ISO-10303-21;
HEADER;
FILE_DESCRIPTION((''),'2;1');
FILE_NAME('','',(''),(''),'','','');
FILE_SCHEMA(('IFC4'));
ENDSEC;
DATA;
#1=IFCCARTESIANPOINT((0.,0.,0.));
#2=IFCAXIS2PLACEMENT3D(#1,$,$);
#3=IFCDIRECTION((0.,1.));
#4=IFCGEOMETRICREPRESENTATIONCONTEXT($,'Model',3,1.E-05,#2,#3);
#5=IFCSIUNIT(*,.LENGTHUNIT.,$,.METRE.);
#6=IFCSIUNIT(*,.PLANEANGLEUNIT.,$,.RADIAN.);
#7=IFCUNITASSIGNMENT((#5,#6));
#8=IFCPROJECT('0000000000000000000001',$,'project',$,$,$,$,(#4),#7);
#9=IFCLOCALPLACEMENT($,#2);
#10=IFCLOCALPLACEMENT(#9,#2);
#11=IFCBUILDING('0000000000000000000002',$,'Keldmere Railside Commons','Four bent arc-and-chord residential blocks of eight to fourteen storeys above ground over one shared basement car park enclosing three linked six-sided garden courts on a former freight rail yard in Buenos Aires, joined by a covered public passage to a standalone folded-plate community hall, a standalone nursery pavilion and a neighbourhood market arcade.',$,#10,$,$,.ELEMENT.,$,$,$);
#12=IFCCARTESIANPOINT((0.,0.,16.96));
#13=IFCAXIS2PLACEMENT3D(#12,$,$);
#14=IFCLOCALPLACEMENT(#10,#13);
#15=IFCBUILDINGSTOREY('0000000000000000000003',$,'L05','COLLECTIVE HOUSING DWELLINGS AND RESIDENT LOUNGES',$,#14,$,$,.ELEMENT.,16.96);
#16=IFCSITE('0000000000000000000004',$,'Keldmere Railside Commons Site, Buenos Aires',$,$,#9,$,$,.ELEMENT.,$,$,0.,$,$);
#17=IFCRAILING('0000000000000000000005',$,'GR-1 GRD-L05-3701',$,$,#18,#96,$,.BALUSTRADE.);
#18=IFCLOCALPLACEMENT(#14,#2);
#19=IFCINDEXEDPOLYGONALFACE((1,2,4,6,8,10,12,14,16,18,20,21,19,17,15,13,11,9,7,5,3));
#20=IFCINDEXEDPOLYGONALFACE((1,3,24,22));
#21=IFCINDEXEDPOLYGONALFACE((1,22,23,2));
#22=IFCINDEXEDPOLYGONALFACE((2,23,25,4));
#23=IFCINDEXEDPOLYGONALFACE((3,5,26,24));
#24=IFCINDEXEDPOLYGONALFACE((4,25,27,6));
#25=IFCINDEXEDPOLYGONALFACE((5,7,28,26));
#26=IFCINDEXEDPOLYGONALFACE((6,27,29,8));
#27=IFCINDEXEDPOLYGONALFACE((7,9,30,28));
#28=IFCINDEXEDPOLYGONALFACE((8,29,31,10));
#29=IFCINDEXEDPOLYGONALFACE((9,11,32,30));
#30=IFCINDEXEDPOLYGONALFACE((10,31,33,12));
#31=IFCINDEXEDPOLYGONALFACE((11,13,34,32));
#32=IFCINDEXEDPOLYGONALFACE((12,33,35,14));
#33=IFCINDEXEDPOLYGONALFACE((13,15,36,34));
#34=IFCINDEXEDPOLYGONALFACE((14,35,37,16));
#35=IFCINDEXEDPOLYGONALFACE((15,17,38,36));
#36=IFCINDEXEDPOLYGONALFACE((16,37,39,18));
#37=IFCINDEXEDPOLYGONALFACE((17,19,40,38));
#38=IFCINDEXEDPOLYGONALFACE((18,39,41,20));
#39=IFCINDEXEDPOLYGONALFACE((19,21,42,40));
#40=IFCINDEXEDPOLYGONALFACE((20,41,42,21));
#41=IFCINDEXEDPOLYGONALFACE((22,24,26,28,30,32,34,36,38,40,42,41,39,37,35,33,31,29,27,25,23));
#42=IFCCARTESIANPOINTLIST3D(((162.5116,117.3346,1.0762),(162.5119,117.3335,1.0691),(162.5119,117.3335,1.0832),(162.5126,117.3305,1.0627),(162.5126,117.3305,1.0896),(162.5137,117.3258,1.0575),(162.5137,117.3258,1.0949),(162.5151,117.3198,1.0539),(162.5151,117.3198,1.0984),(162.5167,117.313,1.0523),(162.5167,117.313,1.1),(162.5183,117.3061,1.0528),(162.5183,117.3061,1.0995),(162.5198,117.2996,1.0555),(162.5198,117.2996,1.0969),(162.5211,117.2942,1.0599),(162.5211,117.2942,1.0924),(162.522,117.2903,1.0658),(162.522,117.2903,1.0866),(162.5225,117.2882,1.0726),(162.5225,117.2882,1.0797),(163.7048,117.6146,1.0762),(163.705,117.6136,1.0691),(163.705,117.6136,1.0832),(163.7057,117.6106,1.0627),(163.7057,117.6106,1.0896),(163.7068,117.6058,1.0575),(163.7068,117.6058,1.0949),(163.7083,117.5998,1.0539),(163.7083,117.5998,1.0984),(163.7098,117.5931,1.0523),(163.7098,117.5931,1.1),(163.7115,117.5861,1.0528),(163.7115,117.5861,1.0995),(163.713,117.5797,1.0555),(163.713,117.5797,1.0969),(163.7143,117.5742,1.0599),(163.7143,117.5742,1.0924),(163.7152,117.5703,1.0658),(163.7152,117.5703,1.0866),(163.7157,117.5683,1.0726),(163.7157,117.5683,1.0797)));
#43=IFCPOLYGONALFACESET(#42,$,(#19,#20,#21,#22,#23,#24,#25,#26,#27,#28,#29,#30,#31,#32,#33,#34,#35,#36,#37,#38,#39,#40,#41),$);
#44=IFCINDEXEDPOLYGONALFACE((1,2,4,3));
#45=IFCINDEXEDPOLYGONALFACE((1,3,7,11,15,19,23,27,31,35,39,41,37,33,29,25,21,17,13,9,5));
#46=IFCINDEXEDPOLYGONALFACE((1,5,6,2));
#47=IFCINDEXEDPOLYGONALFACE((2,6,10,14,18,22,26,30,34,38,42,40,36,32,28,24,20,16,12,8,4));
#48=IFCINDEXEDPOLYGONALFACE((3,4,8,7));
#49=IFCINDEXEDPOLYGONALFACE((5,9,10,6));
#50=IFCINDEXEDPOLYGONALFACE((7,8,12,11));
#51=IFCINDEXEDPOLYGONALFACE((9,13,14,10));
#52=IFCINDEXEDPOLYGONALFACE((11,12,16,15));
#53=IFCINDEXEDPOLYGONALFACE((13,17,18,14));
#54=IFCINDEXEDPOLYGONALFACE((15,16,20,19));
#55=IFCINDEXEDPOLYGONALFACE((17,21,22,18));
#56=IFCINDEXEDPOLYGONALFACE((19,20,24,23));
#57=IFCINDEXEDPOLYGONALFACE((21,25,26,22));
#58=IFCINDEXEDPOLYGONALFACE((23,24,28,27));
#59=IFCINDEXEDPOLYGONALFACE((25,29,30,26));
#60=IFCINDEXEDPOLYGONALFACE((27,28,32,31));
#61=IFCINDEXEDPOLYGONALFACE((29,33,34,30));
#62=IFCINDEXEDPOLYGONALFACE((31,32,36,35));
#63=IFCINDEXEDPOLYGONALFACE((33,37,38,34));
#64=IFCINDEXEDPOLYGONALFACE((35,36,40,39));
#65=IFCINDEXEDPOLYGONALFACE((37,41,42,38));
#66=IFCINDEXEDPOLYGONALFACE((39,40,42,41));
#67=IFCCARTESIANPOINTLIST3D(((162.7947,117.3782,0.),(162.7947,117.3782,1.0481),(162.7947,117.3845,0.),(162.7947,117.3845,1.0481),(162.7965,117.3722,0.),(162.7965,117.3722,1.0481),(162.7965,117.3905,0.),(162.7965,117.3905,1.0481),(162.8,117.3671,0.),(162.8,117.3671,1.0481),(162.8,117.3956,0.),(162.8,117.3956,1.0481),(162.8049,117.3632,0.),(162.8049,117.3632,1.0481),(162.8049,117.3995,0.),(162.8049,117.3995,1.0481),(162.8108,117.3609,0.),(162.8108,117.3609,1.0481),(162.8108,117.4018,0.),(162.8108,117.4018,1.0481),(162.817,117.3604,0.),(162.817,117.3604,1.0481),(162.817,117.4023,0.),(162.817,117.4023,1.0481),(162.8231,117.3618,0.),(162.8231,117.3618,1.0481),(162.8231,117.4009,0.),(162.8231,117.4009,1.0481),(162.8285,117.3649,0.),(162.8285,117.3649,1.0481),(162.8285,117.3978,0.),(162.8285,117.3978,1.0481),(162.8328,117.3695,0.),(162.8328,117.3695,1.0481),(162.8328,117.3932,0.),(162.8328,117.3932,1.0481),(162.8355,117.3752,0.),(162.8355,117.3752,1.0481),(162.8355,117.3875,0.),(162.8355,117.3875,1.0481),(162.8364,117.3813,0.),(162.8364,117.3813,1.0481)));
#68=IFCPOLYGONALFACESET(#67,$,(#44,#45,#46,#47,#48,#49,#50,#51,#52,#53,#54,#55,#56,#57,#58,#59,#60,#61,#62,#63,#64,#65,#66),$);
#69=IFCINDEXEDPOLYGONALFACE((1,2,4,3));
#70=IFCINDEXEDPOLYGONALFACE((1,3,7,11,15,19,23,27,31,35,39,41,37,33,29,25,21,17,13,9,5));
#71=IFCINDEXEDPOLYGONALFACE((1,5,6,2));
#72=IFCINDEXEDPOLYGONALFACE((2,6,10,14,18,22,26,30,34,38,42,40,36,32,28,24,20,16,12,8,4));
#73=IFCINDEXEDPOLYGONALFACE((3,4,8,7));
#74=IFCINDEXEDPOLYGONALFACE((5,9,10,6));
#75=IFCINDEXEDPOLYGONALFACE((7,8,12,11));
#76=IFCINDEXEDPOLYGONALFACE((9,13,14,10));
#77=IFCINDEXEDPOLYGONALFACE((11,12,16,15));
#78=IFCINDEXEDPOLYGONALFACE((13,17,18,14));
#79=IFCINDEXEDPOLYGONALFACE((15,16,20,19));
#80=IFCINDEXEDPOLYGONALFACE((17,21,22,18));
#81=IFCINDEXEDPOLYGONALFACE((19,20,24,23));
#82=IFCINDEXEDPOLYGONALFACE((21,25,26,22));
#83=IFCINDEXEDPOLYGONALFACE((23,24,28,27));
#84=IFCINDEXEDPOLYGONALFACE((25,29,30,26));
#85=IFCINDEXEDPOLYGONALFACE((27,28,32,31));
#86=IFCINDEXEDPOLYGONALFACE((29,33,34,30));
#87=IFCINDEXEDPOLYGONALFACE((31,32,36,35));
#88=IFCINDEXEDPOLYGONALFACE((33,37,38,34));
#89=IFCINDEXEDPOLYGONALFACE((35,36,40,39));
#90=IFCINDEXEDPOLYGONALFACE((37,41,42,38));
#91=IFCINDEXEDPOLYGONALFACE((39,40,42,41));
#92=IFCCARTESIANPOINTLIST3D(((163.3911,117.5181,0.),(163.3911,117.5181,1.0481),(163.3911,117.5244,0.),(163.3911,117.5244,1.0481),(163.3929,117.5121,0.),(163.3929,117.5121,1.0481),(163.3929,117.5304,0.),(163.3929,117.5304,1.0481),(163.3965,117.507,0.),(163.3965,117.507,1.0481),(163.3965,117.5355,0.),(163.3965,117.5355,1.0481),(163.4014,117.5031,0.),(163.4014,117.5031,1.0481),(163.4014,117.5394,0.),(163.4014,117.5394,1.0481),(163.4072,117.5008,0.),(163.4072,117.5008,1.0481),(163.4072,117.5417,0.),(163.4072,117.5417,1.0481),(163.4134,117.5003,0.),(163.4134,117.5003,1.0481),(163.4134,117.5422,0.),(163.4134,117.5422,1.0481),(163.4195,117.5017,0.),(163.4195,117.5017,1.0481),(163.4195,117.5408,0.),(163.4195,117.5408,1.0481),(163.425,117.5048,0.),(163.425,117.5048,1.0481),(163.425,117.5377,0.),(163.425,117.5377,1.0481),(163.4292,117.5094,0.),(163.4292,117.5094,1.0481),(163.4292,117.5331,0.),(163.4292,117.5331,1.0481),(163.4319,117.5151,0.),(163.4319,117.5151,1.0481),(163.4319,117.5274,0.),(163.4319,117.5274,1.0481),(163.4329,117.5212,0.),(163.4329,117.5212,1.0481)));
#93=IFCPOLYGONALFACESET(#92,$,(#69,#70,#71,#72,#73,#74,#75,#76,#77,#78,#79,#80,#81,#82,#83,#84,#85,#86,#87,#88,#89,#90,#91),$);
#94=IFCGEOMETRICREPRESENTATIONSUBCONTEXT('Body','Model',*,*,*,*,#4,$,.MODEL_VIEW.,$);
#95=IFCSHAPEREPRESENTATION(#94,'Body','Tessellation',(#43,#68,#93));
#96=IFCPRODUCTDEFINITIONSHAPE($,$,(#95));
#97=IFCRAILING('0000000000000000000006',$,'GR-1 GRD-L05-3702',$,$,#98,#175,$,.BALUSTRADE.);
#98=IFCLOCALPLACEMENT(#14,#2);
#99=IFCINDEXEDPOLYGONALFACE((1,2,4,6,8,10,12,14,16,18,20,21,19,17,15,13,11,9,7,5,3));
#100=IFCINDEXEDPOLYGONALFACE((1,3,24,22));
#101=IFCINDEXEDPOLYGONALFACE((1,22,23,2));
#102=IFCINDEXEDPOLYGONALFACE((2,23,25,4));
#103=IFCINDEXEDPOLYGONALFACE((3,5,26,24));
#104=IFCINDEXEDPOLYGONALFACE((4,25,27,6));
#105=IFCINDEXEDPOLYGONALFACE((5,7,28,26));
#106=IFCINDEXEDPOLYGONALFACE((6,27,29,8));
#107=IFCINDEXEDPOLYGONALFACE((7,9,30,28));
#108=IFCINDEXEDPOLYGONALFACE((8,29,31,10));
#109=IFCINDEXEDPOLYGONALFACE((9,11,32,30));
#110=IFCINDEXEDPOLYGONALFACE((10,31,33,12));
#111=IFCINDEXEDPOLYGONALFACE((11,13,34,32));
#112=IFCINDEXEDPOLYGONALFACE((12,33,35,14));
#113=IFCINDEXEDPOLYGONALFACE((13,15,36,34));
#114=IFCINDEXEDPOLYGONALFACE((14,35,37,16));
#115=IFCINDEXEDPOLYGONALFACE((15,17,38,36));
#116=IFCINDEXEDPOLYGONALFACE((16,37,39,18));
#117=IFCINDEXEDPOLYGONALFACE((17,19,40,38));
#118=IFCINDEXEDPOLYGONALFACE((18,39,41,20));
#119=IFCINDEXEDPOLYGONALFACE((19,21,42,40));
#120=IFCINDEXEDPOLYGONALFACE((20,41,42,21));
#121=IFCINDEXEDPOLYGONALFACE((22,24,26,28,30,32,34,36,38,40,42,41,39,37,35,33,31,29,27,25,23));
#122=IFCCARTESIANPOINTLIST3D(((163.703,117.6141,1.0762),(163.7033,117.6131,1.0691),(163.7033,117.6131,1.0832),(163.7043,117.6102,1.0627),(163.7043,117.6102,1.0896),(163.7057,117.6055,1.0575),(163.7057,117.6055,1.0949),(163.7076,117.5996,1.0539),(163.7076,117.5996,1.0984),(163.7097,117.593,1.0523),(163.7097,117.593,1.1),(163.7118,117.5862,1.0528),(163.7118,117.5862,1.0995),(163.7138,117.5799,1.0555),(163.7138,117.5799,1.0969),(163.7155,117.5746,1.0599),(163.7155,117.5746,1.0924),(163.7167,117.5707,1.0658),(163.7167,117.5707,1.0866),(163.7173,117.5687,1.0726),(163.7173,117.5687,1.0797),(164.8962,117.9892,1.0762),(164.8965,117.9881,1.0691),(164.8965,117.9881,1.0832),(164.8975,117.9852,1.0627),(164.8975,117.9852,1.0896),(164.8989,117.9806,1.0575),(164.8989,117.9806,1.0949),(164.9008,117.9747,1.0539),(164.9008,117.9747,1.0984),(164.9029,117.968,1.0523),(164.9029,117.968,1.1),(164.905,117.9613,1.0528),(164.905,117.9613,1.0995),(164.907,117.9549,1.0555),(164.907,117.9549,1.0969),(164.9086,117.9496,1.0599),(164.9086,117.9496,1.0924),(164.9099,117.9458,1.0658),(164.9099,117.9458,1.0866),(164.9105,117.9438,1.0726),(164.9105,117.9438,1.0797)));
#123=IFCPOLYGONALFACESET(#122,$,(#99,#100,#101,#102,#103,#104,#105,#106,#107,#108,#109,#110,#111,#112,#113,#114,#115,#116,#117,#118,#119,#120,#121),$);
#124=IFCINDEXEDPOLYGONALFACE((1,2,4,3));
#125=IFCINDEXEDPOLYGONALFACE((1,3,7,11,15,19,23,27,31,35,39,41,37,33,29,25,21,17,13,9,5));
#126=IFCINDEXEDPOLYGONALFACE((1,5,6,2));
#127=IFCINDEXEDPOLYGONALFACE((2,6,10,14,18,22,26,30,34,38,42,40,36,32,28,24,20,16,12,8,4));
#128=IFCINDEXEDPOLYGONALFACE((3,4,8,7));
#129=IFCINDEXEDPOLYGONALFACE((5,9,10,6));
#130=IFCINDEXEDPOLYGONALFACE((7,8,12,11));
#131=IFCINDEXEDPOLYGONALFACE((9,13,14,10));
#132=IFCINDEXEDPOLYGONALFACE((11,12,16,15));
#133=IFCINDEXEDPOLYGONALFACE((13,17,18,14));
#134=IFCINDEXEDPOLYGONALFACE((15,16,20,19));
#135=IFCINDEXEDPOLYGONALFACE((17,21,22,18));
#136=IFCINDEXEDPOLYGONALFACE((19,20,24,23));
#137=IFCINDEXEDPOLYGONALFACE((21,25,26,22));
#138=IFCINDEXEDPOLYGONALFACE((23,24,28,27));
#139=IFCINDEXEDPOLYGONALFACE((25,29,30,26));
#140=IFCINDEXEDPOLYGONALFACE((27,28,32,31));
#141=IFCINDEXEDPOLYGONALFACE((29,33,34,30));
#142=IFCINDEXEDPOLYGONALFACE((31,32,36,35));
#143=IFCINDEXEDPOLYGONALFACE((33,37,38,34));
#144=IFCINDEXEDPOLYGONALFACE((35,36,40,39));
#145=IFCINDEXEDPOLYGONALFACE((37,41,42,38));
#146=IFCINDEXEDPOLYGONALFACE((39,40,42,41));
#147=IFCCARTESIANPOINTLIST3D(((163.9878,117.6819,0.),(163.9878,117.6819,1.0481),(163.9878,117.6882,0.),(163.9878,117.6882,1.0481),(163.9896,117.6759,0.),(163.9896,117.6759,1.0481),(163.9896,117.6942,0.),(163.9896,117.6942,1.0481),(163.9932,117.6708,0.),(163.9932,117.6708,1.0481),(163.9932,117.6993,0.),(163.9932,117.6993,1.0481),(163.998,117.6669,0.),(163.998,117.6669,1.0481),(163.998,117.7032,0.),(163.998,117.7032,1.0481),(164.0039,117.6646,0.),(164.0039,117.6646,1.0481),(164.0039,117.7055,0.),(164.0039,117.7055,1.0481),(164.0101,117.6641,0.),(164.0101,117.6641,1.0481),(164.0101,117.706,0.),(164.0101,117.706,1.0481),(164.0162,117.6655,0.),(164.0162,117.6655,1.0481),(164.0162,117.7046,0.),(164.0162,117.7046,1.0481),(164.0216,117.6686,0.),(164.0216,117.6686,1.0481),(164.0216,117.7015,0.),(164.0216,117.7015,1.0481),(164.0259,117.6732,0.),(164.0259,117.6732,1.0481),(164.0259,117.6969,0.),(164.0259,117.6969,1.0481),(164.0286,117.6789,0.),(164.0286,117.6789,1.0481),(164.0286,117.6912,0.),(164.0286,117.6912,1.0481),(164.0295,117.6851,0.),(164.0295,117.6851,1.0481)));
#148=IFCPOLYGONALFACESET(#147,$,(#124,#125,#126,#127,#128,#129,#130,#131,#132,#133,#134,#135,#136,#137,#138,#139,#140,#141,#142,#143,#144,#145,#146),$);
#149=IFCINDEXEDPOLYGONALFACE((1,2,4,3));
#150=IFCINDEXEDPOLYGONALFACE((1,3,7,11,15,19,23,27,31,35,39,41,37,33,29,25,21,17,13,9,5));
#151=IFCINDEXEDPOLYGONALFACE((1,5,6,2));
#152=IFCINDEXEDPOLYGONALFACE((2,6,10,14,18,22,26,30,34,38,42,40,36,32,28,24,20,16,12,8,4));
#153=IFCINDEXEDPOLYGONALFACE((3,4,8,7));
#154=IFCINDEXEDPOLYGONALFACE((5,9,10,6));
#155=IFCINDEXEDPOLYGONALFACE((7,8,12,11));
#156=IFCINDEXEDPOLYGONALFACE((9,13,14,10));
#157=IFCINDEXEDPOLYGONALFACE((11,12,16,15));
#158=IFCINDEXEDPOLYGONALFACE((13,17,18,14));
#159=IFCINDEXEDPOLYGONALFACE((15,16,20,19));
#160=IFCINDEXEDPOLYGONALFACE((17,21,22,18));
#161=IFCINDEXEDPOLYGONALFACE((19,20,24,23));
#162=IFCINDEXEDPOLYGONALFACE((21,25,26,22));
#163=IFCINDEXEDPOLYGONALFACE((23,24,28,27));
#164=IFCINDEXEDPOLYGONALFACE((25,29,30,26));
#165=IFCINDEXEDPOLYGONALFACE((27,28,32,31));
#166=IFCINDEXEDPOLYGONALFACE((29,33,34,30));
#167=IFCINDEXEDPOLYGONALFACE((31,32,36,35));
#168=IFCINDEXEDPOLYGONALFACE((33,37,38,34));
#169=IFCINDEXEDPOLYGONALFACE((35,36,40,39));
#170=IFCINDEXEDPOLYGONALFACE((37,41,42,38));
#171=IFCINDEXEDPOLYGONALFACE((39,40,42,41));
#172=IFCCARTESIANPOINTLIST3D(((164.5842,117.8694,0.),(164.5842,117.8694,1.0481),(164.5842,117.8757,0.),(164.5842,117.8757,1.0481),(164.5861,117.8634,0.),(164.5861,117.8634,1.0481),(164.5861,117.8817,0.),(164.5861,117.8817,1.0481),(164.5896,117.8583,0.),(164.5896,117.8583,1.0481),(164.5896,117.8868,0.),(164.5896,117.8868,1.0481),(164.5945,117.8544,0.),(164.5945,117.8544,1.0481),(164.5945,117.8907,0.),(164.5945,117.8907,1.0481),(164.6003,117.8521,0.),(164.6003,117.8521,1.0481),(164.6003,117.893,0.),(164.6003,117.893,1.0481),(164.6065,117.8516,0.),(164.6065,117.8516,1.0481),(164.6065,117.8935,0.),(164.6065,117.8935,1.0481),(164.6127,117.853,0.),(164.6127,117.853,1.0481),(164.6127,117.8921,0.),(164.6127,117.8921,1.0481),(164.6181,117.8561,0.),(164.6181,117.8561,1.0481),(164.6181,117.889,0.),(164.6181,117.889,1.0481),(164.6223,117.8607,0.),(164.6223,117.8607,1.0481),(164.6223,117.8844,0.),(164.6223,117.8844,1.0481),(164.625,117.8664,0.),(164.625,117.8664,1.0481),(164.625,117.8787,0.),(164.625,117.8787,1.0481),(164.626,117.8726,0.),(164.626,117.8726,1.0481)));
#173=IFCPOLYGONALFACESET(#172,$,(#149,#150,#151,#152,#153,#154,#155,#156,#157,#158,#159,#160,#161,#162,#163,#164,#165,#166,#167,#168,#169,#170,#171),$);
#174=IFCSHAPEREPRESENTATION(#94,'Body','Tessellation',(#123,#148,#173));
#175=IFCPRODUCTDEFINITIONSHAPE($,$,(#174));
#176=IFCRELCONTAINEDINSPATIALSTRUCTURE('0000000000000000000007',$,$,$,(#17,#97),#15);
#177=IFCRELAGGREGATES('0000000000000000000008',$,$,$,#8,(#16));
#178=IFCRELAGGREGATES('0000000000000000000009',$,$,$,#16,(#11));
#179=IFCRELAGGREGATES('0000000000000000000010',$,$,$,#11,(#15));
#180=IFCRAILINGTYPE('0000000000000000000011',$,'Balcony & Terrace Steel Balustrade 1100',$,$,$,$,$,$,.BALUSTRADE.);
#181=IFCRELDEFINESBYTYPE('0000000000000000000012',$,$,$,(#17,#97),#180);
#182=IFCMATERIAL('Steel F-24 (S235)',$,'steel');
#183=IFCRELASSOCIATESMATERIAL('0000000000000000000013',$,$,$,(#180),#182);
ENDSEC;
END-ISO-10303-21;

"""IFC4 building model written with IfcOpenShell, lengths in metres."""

from ifc_helpers import new_model, si_unit, direction, frame, origin, origin_2d, place, context, subcontext, project, spatial, circle, extrude, material, type_object, element, save


model = new_model("IFC4")

# Units and contexts
model_context = context("Model", 3, precision=1e-05, world=origin(), true_north=direction((0.0, 1.0)))
body_context = subcontext(model_context, "Body", "Model", "MODEL_VIEW")
ifc_project = project(units=[si_unit("LENGTHUNIT", "METRE"), si_unit("PLANEANGLEUNIT", "RADIAN")], contexts=[model_context])

# Site, building, storey
site_placement = place(None, origin())
site = spatial("IfcSite", under=ifc_project, at=site_placement, Name="Keldmere Railside Commons Site, Buenos Aires", CompositionType="ELEMENT", RefElevation=0.0)
building_placement = place(site_placement, origin())
building = spatial("IfcBuilding", under=site, at=building_placement, Name="Keldmere Railside Commons", Description="Four bent arc-and-chord residential blocks of eight to fourteen storeys above ground over one shared basement car park enclosing three linked six-sided garden courts on a former freight rail yard in Buenos Aires, joined by a covered public passage to a standalone folded-plate community hall, a standalone nursery pavilion and a neighbourhood market arcade.", CompositionType="ELEMENT")
storey_placement = place(building_placement, frame((0.0, 0.0, 16.96)))
storey = spatial("IfcBuildingStorey", under=building, at=storey_placement, Name="L05", Description="COLLECTIVE HOUSING DWELLINGS AND RESIDENT LOUNGES", CompositionType="ELEMENT", Elevation=16.96)

# Railings
ifc_material_1 = material(Name="Steel F-24 (S235)", Category="steel")
railing_type = type_object("IfcRailingType", Name="Balcony & Terrace Steel Balustrade 1100", PredefinedType="BALUSTRADE", material=ifc_material_1)
railing_1_placement = place(storey_placement, frame((162.5171, 117.3113, 0.0)))
element("IfcRailing", 1, at=railing_1_placement, inside=storey, type_object=railing_type, Name="GR-1 GRD-L05-3701", PredefinedType="BALUSTRADE", context=body_context, shape_type="SweptSolid", body=[
    extrude(circle(Radius=0.0239, at=origin_2d()), frame((0.0, 0.0, 1.0762), z_axis=(0.973545, 0.228495, 0.0), x_axis=(-0.228495, 0.973545, 0.0)), (0.0, 0.0, 1.0), 1.2256),
    extrude(circle(Radius=0.021, at=origin_2d()), frame((0.2983, 0.0701, 0.0)), (0.0, 0.0, 1.0), 1.0481),
    extrude(circle(Radius=0.021, at=origin_2d()), frame((0.8948, 0.21, 0.0)), (0.0, 0.0, 1.0), 1.0481),
])
railing_2_placement = place(storey_placement, frame((163.7102, 117.5913, 0.0)))
element("IfcRailing", 2, at=railing_2_placement, inside=storey, type_object=railing_type, Name="GR-1 GRD-L05-3702", PredefinedType="BALUSTRADE", context=body_context, shape_type="SweptSolid", body=[
    extrude(circle(Radius=0.0239, at=origin_2d()), frame((0.0, 0.0, 1.0762), z_axis=(0.953989, 0.299842, 0.0), x_axis=(-0.299842, 0.953989, 0.0)), (0.0, 0.0, 1.0), 1.2507),
    extrude(circle(Radius=0.021, at=origin_2d()), frame((0.2983, 0.0938, 0.0)), (0.0, 0.0, 1.0), 1.0481),
    extrude(circle(Radius=0.021, at=origin_2d()), frame((0.8948, 0.2812, 0.0)), (0.0, 0.0, 1.0), 1.0481),
])

save(model, "model.ifc")
